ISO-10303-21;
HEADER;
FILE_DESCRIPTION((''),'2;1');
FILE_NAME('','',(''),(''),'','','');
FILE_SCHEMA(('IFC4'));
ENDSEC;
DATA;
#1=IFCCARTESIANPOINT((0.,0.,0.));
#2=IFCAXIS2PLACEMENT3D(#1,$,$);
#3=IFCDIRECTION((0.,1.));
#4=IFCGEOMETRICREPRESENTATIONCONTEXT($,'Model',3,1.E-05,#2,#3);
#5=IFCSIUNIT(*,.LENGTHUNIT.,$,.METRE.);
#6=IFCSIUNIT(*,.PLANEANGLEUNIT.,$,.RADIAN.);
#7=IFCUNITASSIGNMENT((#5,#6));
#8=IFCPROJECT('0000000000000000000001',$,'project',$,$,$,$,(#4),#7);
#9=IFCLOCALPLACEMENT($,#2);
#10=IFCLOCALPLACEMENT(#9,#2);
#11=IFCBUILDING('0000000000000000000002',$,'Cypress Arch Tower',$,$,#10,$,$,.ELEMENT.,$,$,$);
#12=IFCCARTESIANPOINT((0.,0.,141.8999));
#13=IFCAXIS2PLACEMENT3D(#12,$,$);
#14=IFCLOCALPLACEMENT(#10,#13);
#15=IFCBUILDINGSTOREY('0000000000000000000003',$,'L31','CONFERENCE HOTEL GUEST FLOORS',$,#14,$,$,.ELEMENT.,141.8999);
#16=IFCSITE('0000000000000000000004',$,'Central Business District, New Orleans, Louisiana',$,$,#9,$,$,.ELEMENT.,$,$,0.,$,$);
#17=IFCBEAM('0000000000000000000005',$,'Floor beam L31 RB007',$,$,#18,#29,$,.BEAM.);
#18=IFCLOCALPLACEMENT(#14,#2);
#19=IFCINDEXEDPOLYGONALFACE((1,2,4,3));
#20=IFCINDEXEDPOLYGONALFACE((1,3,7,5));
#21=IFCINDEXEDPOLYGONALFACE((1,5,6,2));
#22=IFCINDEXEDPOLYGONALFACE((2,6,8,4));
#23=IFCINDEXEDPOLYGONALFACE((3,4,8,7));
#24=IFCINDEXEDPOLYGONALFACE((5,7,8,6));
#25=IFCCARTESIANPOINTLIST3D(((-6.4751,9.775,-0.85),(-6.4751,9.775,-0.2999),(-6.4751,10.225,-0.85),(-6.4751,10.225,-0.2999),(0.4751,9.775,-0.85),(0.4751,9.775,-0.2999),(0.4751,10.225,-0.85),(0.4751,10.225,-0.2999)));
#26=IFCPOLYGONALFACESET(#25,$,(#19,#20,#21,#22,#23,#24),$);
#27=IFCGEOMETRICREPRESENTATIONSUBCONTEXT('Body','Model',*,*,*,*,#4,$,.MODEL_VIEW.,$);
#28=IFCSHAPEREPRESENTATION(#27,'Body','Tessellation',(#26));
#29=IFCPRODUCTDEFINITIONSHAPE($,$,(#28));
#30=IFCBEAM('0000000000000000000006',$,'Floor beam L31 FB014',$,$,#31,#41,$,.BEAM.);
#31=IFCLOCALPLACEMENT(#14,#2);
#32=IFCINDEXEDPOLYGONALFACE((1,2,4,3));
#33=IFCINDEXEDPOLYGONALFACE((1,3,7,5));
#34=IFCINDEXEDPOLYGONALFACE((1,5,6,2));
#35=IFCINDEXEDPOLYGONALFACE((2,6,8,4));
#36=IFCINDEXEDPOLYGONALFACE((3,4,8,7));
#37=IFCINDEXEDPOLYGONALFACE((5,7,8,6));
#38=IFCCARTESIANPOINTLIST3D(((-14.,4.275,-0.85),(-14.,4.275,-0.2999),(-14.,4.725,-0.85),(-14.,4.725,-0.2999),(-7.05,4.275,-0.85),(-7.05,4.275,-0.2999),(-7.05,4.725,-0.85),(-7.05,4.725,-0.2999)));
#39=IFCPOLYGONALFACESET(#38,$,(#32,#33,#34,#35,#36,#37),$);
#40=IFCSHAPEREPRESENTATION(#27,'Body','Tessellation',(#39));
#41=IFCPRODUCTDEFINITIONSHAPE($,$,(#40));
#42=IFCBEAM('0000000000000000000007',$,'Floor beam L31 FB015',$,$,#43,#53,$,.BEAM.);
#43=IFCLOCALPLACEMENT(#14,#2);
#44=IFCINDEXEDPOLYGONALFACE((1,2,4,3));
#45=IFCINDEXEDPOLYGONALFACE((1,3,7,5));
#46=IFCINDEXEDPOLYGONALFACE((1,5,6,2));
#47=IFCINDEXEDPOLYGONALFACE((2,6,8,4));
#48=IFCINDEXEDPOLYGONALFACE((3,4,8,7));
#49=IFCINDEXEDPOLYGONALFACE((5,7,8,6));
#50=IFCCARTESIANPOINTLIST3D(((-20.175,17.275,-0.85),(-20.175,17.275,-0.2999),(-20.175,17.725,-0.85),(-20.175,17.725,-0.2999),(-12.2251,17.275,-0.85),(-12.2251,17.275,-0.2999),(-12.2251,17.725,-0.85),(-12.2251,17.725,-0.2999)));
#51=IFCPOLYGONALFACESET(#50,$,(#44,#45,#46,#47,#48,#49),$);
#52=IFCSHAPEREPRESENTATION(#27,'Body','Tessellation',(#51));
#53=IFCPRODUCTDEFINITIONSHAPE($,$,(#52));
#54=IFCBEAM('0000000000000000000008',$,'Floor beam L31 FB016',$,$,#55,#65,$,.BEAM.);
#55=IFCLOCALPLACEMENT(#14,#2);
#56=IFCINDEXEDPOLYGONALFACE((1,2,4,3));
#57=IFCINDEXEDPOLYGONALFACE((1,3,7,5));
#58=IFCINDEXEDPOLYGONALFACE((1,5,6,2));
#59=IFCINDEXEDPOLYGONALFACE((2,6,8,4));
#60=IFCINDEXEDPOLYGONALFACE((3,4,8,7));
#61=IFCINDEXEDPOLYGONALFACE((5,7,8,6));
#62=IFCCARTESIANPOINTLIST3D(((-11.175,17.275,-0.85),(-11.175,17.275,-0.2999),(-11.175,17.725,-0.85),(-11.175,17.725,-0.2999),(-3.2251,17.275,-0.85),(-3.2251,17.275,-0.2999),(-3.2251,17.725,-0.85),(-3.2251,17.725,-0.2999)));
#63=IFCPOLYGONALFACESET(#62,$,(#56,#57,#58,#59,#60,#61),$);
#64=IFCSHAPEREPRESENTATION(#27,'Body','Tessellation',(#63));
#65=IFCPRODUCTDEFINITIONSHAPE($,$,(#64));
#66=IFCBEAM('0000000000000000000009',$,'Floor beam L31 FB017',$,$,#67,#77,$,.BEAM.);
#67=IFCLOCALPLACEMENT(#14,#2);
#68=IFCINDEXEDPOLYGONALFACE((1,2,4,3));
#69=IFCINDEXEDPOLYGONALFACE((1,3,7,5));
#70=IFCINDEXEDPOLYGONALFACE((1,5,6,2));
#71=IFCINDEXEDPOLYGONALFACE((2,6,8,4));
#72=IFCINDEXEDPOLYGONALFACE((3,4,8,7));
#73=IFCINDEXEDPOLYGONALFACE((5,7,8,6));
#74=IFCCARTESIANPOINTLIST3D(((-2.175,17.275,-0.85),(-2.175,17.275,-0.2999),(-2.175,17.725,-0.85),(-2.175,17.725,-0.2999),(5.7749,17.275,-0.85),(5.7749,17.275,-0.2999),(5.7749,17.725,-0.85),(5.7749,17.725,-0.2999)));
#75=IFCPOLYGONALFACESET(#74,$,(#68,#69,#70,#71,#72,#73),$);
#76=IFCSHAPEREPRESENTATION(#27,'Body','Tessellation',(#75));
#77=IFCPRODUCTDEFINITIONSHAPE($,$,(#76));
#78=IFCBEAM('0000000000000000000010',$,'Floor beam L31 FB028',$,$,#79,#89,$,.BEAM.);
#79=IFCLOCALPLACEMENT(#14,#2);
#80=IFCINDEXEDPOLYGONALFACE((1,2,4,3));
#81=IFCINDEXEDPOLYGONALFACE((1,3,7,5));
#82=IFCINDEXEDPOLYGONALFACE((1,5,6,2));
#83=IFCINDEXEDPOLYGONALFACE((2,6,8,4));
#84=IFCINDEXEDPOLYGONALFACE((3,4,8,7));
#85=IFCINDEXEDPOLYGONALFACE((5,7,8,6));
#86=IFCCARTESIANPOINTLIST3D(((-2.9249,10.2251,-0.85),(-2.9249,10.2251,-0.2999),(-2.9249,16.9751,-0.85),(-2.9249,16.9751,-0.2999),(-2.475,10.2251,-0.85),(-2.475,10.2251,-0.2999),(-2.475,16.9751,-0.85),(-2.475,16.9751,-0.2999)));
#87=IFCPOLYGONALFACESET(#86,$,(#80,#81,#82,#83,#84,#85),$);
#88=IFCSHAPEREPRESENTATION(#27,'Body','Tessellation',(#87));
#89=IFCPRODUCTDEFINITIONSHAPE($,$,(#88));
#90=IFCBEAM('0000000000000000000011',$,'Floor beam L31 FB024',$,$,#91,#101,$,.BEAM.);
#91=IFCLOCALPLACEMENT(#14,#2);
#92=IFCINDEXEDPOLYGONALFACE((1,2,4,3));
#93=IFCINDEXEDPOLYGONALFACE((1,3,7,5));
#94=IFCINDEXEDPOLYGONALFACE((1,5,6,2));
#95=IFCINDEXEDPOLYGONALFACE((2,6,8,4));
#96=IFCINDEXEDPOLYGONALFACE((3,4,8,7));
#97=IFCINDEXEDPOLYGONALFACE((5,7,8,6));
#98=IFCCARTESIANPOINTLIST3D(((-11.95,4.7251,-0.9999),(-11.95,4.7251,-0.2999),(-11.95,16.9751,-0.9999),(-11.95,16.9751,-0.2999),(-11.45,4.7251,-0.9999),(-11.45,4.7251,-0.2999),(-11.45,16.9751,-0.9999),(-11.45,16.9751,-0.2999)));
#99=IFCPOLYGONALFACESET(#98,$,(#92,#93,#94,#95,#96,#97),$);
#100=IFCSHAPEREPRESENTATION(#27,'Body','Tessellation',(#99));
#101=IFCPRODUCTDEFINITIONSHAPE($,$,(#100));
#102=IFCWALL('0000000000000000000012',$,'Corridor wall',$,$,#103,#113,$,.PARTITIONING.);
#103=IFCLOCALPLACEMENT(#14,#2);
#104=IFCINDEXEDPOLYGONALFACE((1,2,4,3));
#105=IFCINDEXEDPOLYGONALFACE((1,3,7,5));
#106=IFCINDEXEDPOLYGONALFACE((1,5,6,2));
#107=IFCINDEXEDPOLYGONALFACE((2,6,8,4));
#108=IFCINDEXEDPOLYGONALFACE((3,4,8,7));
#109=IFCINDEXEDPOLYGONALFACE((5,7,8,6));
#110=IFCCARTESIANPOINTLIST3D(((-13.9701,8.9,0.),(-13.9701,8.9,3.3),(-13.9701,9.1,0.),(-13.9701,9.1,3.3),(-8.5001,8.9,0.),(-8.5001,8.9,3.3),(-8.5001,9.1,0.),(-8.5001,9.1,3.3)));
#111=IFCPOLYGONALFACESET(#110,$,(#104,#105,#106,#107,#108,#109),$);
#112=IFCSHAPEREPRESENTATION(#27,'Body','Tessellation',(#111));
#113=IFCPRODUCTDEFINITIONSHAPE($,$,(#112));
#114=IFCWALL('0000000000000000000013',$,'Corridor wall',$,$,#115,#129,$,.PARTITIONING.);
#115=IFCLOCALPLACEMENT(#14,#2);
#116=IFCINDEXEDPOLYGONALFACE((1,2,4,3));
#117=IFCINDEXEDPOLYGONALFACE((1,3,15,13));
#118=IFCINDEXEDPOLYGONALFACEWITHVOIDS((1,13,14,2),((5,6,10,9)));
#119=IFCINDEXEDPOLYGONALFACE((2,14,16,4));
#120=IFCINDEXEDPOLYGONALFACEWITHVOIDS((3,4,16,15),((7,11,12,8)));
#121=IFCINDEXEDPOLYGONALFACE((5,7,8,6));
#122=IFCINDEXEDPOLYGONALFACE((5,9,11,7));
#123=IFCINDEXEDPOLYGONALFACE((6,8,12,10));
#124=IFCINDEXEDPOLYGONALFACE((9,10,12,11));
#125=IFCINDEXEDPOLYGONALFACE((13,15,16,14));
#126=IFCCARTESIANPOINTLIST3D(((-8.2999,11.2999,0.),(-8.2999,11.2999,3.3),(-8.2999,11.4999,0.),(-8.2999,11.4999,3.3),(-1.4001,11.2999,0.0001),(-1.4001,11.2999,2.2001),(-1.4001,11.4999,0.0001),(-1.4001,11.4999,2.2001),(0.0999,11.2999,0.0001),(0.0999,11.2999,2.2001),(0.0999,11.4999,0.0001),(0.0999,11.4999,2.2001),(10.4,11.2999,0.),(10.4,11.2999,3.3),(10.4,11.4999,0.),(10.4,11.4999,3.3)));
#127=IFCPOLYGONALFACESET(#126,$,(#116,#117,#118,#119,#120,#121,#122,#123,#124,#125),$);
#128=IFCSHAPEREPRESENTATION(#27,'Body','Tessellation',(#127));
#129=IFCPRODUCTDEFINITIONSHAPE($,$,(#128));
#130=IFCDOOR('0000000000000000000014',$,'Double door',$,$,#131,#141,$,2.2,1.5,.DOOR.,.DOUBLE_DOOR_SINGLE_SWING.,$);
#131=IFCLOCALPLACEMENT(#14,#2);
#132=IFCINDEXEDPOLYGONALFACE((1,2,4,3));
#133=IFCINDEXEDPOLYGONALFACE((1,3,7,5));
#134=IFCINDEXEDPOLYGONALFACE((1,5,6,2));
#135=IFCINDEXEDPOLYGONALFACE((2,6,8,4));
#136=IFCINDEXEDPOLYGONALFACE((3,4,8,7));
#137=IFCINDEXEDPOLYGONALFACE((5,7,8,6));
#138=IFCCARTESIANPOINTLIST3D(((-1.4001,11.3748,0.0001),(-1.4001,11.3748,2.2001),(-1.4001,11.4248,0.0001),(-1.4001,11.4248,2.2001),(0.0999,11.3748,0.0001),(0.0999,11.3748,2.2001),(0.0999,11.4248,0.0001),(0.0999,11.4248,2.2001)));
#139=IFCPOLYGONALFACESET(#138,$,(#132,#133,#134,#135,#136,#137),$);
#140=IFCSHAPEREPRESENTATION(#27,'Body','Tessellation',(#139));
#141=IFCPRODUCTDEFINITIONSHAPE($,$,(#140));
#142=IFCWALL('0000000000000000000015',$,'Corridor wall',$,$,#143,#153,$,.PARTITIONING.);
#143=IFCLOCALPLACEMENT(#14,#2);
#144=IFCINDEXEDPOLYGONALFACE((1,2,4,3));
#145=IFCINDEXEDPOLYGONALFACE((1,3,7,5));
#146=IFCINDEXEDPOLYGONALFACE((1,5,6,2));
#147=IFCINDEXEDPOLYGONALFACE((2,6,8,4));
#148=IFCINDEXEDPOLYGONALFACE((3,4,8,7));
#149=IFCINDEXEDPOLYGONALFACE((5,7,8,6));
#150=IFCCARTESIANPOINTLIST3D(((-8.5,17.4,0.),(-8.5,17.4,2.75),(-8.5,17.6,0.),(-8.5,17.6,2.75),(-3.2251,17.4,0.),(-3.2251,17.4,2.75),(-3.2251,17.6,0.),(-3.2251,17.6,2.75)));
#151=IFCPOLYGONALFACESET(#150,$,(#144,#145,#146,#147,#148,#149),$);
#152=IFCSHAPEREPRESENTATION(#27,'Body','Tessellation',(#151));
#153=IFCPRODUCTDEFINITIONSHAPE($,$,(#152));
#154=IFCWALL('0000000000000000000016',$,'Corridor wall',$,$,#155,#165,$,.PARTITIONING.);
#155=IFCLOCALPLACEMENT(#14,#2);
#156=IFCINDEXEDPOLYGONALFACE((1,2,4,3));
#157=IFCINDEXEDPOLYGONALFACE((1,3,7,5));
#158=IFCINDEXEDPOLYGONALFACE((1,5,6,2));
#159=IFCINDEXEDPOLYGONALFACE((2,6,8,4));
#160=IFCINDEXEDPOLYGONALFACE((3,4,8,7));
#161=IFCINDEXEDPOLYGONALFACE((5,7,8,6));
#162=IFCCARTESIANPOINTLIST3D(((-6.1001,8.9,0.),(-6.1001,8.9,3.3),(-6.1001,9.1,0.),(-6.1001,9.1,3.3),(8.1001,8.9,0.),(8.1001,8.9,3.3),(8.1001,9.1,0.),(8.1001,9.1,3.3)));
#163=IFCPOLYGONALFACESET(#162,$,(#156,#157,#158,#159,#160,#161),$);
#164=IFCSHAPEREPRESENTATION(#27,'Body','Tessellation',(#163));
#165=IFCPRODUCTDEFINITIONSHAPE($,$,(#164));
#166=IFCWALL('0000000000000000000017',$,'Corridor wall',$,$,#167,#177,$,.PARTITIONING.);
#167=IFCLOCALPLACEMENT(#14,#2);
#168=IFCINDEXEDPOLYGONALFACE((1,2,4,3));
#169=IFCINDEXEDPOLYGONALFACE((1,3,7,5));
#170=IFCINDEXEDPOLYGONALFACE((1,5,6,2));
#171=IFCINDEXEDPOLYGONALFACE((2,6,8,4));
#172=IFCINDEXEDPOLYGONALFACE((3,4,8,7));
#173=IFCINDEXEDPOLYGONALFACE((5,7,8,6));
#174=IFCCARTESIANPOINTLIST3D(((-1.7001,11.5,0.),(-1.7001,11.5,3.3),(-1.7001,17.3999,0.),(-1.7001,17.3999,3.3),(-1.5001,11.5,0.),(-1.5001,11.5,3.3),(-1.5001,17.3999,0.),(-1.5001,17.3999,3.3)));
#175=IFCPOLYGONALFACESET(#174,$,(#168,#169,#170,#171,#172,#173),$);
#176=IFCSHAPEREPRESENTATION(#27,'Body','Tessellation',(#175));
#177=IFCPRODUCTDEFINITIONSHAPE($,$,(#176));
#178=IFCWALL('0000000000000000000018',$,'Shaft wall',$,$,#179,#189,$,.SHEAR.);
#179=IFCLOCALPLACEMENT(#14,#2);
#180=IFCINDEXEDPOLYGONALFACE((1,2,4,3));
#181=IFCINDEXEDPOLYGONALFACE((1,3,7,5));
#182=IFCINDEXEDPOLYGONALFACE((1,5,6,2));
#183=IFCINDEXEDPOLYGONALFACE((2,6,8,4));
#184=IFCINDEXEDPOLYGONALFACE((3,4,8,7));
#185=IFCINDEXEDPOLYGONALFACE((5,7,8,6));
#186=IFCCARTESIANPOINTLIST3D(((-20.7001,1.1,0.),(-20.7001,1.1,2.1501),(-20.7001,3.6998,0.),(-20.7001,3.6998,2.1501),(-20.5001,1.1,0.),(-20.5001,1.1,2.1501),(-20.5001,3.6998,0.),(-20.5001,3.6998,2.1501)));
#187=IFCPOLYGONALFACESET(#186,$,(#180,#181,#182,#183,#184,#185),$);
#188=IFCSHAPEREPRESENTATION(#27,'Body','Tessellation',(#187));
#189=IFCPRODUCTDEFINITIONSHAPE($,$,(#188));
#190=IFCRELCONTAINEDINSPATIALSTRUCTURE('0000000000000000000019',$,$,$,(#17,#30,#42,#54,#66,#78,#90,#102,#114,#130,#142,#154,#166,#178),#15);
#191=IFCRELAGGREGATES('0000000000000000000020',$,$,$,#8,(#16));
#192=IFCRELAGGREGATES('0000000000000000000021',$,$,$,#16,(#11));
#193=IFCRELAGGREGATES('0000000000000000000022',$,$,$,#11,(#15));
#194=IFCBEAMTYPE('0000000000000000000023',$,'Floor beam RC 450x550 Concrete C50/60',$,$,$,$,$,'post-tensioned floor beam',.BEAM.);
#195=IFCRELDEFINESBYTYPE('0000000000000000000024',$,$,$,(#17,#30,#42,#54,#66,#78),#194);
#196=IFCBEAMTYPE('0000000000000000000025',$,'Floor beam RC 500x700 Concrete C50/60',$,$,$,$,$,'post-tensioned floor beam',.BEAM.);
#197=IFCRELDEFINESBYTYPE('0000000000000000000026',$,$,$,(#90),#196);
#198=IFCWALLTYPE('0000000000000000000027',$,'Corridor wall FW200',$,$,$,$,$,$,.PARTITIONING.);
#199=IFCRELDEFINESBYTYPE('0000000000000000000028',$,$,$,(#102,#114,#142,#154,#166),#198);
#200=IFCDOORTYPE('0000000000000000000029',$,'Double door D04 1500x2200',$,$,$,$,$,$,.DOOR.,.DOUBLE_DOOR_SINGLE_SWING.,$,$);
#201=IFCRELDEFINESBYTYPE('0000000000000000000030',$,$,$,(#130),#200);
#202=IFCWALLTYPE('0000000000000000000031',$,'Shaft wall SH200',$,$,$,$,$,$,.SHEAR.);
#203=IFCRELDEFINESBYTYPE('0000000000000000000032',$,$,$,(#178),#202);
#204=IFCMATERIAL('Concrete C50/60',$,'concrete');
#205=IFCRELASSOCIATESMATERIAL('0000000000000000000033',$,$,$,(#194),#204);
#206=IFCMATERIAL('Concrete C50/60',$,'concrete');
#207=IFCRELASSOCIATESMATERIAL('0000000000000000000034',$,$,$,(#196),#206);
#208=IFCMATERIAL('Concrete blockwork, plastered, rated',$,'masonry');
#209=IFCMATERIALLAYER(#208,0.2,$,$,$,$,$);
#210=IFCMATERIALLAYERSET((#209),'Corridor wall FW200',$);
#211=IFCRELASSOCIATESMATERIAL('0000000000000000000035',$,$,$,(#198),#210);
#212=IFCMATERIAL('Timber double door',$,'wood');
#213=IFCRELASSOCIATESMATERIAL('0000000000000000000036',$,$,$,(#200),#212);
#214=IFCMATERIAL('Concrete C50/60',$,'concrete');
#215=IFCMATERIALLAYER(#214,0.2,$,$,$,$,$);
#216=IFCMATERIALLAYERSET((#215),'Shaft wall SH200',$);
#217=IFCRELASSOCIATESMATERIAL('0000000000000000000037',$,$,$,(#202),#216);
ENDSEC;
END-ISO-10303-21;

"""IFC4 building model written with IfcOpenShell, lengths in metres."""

from ifc_helpers import new_model, si_unit, direction, frame, frame_2d, origin, origin_2d, place, context, subcontext, project, spatial, rectangle, extrude, material, layer, layer_set, material_profile, profile_set, type_object, element, fill, save


model = new_model("IFC4")

# Units and contexts
model_context = context("Model", 3, precision=1e-05, world=origin(), true_north=direction((0.0, 1.0)))
body_context = subcontext(model_context, "Body", "Model", "MODEL_VIEW")
ifc_project = project(units=[si_unit("LENGTHUNIT", "METRE"), si_unit("PLANEANGLEUNIT", "RADIAN")], contexts=[model_context])

# Site, building, storey
site_placement = place(None, origin())
site = spatial("IfcSite", under=ifc_project, at=site_placement, Name="Central Business District, New Orleans, Louisiana", CompositionType="ELEMENT", RefElevation=0.0)
building_placement = place(site_placement, origin())
building = spatial("IfcBuilding", under=site, at=building_placement, Name="Cypress Arch Tower", CompositionType="ELEMENT")
storey_placement = place(building_placement, frame((0.0, 0.0, 141.8999)))
storey = spatial("IfcBuildingStorey", under=building, at=storey_placement, Name="L31", Description="CONFERENCE HOTEL GUEST FLOORS", CompositionType="ELEMENT", Elevation=141.8999)

# Beams
ifc_material_1 = material(Name="Concrete C50/60", Category="concrete")
ifc_material_profile_1 = material_profile(ifc_material_1, rectangle(XDim=0.45, YDim=0.55, at=origin_2d()), Name="RC 450x550")
ifc_profile_set_1 = profile_set([ifc_material_profile_1], Name="Concrete C50/60")
beam_type_1 = type_object("IfcBeamType", Name="Floor beam RC 450x550 Concrete C50/60", ElementType="post-tensioned floor beam", PredefinedType="BEAM", material=ifc_profile_set_1)
beam_1_placement = place(storey_placement, frame((-6.4751, 10.0, -0.575), z_axis=(1.0, 0.0, 0.0), x_axis=(0.0, 1.0, 0.0)))
element("IfcBeam", 1, at=beam_1_placement, inside=storey, type_object=beam_type_1, Name="Floor beam L31 RB007", PredefinedType="BEAM", context=body_context, shape_type="SweptSolid", body=[
    extrude(rectangle(XDim=0.45, YDim=0.55, at=origin_2d()), origin(), (0.0, 0.0, 1.0), 6.9502),
])
beam_2_placement = place(storey_placement, frame((-14.0, 4.5, -0.575), z_axis=(1.0, 0.0, 0.0), x_axis=(0.0, 1.0, 0.0)))
element("IfcBeam", 2, at=beam_2_placement, inside=storey, type_object=beam_type_1, Name="Floor beam L31 FB014", PredefinedType="BEAM", context=body_context, shape_type="SweptSolid", body=[
    extrude(rectangle(XDim=0.45, YDim=0.55, at=origin_2d()), origin(), (0.0, 0.0, 1.0), 6.95),
])
for number, where, z_axis, x_axis, name in (
    (3, (-20.175, 17.5, -0.575), (1.0, 0.0, 0.0), (0.0, 1.0, 0.0), "Floor beam L31 FB015"),
    (4, (-11.175, 17.5, -0.575), (1.0, 0.0, 0.0), (0.0, 1.0, 0.0), "Floor beam L31 FB016"),
    (5, (-2.175, 17.5, -0.575), (1.0, 0.0, 0.0), (0.0, 1.0, 0.0), "Floor beam L31 FB017"),
):
    element("IfcBeam", number, at=place(storey_placement, frame(where, z_axis=z_axis, x_axis=x_axis)), inside=storey, type_object=beam_type_1, Name=name, PredefinedType="BEAM", context=body_context, shape_type="SweptSolid", body=[
        extrude(rectangle(XDim=0.45, YDim=0.55, at=origin_2d()), origin(), (0.0, 0.0, 1.0), 7.95),
    ])
beam_3_placement = place(storey_placement, frame((-2.7, 10.2251, -0.575), z_axis=(0.0, 1.0, 0.0), x_axis=(-1.0, 0.0, 0.0)))
element("IfcBeam", 6, at=beam_3_placement, inside=storey, type_object=beam_type_1, Name="Floor beam L31 FB028", PredefinedType="BEAM", context=body_context, shape_type="SweptSolid", body=[
    extrude(rectangle(XDim=0.45, YDim=0.55, at=origin_2d()), origin(), (0.0, 0.0, 1.0), 6.75),
])
ifc_material_2 = material(Name="Concrete C50/60", Category="concrete")
ifc_material_profile_2 = material_profile(ifc_material_2, rectangle(XDim=0.5, YDim=0.7, at=origin_2d()), Name="RC 500x700")
ifc_profile_set_2 = profile_set([ifc_material_profile_2], Name="Concrete C50/60")
beam_type_2 = type_object("IfcBeamType", Name="Floor beam RC 500x700 Concrete C50/60", ElementType="post-tensioned floor beam", PredefinedType="BEAM", material=ifc_profile_set_2)
beam_4_placement = place(storey_placement, frame((-11.7, 4.7251, -0.6499), z_axis=(0.0, 1.0, 0.0), x_axis=(-1.0, 0.0, 0.0)))
element("IfcBeam", 7, at=beam_4_placement, inside=storey, type_object=beam_type_2, Name="Floor beam L31 FB024", PredefinedType="BEAM", context=body_context, shape_type="SweptSolid", body=[
    extrude(rectangle(XDim=0.5, YDim=0.7, at=origin_2d()), origin(), (0.0, 0.0, 1.0), 12.25),
])

# Wall
ifc_material_3 = material(Name="Concrete blockwork, plastered, rated", Category="masonry")
ifc_layer_1 = layer(ifc_material_3, 0.2)
ifc_layer_set_1 = layer_set([ifc_layer_1], Name="Corridor wall FW200")
wall_type_1 = type_object("IfcWallType", Name="Corridor wall FW200", PredefinedType="PARTITIONING", material=ifc_layer_set_1)
wall_1_placement = place(storey_placement, frame((-13.97, 9.0, 0.0), z_axis=(0.0, 0.0, 1.0), x_axis=(1.0, 0.0, 0.0)))
element("IfcWall", 8, at=wall_1_placement, inside=storey, type_object=wall_type_1, Name="Corridor wall", PredefinedType="PARTITIONING", context=body_context, shape_type="SweptSolid", body=[
    extrude(rectangle(XDim=5.47, YDim=0.2, at=frame_2d((2.7349, 0.0))), origin(), (0.0, 0.0, 1.0), 3.3),
])

# Wall, opening, door
wall_2_placement = place(storey_placement, frame((-8.3, 11.3999, 0.0), z_axis=(0.0, 0.0, 1.0), x_axis=(1.0, 0.0, 0.0)))
wall_2 = element("IfcWall", 9, at=wall_2_placement, inside=storey, type_object=wall_type_1, Name="Corridor wall", PredefinedType="PARTITIONING", context=body_context, shape_type="SweptSolid", body=[
    extrude(rectangle(XDim=18.7, YDim=0.2, at=frame_2d((9.3501, 0.0))), origin(), (0.0, 0.0, 1.0), 3.3),
])
opening_1_placement = place(wall_2_placement, frame((6.8999, 0.0, 0.0)))
opening_1 = element("IfcOpeningElement", 10, at=opening_1_placement, cuts=wall_2, PredefinedType="OPENING", context=body_context, shape_type="SweptSolid", body=[
    extrude(rectangle(XDim=1.5, YDim=2.2, at=frame_2d((0.75, 1.1001))), frame((0.0, 0.1099, 0.0), z_axis=(0.0, -1.0, 0.0), x_axis=(1.0, 0.0, 0.0)), (0.0, 0.0, 1.0), 0.22),
])
ifc_material_4 = material(Name="Timber double door", Category="wood")
door_type_1 = type_object("IfcDoorType", Name="Double door D04 1500x2200", OperationType="DOUBLE_DOOR_SINGLE_SWING", PredefinedType="DOOR", material=ifc_material_4)
door_1_placement = place(opening_1_placement, origin())
door_1 = element("IfcDoor", 11, at=door_1_placement, inside=storey, type_object=door_type_1, Name="Double door", OperationType="DOUBLE_DOOR_SINGLE_SWING", OverallHeight=2.2, OverallWidth=1.5, PredefinedType="DOOR", context=body_context, shape_type="SweptSolid", body=[
    extrude(rectangle(XDim=1.5, YDim=2.2, at=frame_2d((0.75, 1.1001))), frame((0.0, 0.0249, 0.0), z_axis=(0.0, -1.0, 0.0), x_axis=(1.0, 0.0, 0.0)), (0.0, 0.0, 1.0), 0.05),
])
fill(opening_1, door_1)

# Walls
wall_3_placement = place(storey_placement, frame((-8.5, 17.5, 0.0), z_axis=(0.0, 0.0, 1.0), x_axis=(1.0, 0.0, 0.0)))
element("IfcWall", 12, at=wall_3_placement, inside=storey, type_object=wall_type_1, Name="Corridor wall", PredefinedType="PARTITIONING", context=body_context, shape_type="SweptSolid", body=[
    extrude(rectangle(XDim=5.2749, YDim=0.2, at=frame_2d((2.6375, 0.0))), origin(), (0.0, 0.0, 1.0), 2.75),
])
wall_4_placement = place(storey_placement, frame((-6.1001, 9.0, 0.0), z_axis=(0.0, 0.0, 1.0), x_axis=(1.0, 0.0, 0.0)))
element("IfcWall", 13, at=wall_4_placement, inside=storey, type_object=wall_type_1, Name="Corridor wall", PredefinedType="PARTITIONING", context=body_context, shape_type="SweptSolid", body=[
    extrude(rectangle(XDim=14.2002, YDim=0.2, at=frame_2d((7.1001, 0.0))), origin(), (0.0, 0.0, 1.0), 3.3),
])
wall_5_placement = place(storey_placement, frame((-1.6001, 11.5, 0.0), z_axis=(0.0, 0.0, 1.0), x_axis=(0.0, 1.0, 0.0)))
element("IfcWall", 14, at=wall_5_placement, inside=storey, type_object=wall_type_1, Name="Corridor wall", PredefinedType="PARTITIONING", context=body_context, shape_type="SweptSolid", body=[
    extrude(rectangle(XDim=5.8999, YDim=0.2, at=frame_2d((2.95, 0.0))), origin(), (0.0, 0.0, 1.0), 3.3),
])
ifc_material_5 = material(Name="Concrete C50/60", Category="concrete")
ifc_layer_2 = layer(ifc_material_5, 0.2)
ifc_layer_set_2 = layer_set([ifc_layer_2], Name="Shaft wall SH200")
wall_type_2 = type_object("IfcWallType", Name="Shaft wall SH200", PredefinedType="SHEAR", material=ifc_layer_set_2)
wall_6_placement = place(storey_placement, frame((-20.6001, 1.1001, 0.0), z_axis=(0.0, 0.0, 1.0), x_axis=(0.0, 1.0, 0.0)))
element("IfcWall", 15, at=wall_6_placement, inside=storey, type_object=wall_type_2, Name="Shaft wall", PredefinedType="SHEAR", context=body_context, shape_type="SweptSolid", body=[
    extrude(rectangle(XDim=2.5999, YDim=0.2, at=frame_2d((1.2998, 0.0))), origin(), (0.0, 0.0, 1.0), 2.1501),
])

save(model, "model.ifc")
